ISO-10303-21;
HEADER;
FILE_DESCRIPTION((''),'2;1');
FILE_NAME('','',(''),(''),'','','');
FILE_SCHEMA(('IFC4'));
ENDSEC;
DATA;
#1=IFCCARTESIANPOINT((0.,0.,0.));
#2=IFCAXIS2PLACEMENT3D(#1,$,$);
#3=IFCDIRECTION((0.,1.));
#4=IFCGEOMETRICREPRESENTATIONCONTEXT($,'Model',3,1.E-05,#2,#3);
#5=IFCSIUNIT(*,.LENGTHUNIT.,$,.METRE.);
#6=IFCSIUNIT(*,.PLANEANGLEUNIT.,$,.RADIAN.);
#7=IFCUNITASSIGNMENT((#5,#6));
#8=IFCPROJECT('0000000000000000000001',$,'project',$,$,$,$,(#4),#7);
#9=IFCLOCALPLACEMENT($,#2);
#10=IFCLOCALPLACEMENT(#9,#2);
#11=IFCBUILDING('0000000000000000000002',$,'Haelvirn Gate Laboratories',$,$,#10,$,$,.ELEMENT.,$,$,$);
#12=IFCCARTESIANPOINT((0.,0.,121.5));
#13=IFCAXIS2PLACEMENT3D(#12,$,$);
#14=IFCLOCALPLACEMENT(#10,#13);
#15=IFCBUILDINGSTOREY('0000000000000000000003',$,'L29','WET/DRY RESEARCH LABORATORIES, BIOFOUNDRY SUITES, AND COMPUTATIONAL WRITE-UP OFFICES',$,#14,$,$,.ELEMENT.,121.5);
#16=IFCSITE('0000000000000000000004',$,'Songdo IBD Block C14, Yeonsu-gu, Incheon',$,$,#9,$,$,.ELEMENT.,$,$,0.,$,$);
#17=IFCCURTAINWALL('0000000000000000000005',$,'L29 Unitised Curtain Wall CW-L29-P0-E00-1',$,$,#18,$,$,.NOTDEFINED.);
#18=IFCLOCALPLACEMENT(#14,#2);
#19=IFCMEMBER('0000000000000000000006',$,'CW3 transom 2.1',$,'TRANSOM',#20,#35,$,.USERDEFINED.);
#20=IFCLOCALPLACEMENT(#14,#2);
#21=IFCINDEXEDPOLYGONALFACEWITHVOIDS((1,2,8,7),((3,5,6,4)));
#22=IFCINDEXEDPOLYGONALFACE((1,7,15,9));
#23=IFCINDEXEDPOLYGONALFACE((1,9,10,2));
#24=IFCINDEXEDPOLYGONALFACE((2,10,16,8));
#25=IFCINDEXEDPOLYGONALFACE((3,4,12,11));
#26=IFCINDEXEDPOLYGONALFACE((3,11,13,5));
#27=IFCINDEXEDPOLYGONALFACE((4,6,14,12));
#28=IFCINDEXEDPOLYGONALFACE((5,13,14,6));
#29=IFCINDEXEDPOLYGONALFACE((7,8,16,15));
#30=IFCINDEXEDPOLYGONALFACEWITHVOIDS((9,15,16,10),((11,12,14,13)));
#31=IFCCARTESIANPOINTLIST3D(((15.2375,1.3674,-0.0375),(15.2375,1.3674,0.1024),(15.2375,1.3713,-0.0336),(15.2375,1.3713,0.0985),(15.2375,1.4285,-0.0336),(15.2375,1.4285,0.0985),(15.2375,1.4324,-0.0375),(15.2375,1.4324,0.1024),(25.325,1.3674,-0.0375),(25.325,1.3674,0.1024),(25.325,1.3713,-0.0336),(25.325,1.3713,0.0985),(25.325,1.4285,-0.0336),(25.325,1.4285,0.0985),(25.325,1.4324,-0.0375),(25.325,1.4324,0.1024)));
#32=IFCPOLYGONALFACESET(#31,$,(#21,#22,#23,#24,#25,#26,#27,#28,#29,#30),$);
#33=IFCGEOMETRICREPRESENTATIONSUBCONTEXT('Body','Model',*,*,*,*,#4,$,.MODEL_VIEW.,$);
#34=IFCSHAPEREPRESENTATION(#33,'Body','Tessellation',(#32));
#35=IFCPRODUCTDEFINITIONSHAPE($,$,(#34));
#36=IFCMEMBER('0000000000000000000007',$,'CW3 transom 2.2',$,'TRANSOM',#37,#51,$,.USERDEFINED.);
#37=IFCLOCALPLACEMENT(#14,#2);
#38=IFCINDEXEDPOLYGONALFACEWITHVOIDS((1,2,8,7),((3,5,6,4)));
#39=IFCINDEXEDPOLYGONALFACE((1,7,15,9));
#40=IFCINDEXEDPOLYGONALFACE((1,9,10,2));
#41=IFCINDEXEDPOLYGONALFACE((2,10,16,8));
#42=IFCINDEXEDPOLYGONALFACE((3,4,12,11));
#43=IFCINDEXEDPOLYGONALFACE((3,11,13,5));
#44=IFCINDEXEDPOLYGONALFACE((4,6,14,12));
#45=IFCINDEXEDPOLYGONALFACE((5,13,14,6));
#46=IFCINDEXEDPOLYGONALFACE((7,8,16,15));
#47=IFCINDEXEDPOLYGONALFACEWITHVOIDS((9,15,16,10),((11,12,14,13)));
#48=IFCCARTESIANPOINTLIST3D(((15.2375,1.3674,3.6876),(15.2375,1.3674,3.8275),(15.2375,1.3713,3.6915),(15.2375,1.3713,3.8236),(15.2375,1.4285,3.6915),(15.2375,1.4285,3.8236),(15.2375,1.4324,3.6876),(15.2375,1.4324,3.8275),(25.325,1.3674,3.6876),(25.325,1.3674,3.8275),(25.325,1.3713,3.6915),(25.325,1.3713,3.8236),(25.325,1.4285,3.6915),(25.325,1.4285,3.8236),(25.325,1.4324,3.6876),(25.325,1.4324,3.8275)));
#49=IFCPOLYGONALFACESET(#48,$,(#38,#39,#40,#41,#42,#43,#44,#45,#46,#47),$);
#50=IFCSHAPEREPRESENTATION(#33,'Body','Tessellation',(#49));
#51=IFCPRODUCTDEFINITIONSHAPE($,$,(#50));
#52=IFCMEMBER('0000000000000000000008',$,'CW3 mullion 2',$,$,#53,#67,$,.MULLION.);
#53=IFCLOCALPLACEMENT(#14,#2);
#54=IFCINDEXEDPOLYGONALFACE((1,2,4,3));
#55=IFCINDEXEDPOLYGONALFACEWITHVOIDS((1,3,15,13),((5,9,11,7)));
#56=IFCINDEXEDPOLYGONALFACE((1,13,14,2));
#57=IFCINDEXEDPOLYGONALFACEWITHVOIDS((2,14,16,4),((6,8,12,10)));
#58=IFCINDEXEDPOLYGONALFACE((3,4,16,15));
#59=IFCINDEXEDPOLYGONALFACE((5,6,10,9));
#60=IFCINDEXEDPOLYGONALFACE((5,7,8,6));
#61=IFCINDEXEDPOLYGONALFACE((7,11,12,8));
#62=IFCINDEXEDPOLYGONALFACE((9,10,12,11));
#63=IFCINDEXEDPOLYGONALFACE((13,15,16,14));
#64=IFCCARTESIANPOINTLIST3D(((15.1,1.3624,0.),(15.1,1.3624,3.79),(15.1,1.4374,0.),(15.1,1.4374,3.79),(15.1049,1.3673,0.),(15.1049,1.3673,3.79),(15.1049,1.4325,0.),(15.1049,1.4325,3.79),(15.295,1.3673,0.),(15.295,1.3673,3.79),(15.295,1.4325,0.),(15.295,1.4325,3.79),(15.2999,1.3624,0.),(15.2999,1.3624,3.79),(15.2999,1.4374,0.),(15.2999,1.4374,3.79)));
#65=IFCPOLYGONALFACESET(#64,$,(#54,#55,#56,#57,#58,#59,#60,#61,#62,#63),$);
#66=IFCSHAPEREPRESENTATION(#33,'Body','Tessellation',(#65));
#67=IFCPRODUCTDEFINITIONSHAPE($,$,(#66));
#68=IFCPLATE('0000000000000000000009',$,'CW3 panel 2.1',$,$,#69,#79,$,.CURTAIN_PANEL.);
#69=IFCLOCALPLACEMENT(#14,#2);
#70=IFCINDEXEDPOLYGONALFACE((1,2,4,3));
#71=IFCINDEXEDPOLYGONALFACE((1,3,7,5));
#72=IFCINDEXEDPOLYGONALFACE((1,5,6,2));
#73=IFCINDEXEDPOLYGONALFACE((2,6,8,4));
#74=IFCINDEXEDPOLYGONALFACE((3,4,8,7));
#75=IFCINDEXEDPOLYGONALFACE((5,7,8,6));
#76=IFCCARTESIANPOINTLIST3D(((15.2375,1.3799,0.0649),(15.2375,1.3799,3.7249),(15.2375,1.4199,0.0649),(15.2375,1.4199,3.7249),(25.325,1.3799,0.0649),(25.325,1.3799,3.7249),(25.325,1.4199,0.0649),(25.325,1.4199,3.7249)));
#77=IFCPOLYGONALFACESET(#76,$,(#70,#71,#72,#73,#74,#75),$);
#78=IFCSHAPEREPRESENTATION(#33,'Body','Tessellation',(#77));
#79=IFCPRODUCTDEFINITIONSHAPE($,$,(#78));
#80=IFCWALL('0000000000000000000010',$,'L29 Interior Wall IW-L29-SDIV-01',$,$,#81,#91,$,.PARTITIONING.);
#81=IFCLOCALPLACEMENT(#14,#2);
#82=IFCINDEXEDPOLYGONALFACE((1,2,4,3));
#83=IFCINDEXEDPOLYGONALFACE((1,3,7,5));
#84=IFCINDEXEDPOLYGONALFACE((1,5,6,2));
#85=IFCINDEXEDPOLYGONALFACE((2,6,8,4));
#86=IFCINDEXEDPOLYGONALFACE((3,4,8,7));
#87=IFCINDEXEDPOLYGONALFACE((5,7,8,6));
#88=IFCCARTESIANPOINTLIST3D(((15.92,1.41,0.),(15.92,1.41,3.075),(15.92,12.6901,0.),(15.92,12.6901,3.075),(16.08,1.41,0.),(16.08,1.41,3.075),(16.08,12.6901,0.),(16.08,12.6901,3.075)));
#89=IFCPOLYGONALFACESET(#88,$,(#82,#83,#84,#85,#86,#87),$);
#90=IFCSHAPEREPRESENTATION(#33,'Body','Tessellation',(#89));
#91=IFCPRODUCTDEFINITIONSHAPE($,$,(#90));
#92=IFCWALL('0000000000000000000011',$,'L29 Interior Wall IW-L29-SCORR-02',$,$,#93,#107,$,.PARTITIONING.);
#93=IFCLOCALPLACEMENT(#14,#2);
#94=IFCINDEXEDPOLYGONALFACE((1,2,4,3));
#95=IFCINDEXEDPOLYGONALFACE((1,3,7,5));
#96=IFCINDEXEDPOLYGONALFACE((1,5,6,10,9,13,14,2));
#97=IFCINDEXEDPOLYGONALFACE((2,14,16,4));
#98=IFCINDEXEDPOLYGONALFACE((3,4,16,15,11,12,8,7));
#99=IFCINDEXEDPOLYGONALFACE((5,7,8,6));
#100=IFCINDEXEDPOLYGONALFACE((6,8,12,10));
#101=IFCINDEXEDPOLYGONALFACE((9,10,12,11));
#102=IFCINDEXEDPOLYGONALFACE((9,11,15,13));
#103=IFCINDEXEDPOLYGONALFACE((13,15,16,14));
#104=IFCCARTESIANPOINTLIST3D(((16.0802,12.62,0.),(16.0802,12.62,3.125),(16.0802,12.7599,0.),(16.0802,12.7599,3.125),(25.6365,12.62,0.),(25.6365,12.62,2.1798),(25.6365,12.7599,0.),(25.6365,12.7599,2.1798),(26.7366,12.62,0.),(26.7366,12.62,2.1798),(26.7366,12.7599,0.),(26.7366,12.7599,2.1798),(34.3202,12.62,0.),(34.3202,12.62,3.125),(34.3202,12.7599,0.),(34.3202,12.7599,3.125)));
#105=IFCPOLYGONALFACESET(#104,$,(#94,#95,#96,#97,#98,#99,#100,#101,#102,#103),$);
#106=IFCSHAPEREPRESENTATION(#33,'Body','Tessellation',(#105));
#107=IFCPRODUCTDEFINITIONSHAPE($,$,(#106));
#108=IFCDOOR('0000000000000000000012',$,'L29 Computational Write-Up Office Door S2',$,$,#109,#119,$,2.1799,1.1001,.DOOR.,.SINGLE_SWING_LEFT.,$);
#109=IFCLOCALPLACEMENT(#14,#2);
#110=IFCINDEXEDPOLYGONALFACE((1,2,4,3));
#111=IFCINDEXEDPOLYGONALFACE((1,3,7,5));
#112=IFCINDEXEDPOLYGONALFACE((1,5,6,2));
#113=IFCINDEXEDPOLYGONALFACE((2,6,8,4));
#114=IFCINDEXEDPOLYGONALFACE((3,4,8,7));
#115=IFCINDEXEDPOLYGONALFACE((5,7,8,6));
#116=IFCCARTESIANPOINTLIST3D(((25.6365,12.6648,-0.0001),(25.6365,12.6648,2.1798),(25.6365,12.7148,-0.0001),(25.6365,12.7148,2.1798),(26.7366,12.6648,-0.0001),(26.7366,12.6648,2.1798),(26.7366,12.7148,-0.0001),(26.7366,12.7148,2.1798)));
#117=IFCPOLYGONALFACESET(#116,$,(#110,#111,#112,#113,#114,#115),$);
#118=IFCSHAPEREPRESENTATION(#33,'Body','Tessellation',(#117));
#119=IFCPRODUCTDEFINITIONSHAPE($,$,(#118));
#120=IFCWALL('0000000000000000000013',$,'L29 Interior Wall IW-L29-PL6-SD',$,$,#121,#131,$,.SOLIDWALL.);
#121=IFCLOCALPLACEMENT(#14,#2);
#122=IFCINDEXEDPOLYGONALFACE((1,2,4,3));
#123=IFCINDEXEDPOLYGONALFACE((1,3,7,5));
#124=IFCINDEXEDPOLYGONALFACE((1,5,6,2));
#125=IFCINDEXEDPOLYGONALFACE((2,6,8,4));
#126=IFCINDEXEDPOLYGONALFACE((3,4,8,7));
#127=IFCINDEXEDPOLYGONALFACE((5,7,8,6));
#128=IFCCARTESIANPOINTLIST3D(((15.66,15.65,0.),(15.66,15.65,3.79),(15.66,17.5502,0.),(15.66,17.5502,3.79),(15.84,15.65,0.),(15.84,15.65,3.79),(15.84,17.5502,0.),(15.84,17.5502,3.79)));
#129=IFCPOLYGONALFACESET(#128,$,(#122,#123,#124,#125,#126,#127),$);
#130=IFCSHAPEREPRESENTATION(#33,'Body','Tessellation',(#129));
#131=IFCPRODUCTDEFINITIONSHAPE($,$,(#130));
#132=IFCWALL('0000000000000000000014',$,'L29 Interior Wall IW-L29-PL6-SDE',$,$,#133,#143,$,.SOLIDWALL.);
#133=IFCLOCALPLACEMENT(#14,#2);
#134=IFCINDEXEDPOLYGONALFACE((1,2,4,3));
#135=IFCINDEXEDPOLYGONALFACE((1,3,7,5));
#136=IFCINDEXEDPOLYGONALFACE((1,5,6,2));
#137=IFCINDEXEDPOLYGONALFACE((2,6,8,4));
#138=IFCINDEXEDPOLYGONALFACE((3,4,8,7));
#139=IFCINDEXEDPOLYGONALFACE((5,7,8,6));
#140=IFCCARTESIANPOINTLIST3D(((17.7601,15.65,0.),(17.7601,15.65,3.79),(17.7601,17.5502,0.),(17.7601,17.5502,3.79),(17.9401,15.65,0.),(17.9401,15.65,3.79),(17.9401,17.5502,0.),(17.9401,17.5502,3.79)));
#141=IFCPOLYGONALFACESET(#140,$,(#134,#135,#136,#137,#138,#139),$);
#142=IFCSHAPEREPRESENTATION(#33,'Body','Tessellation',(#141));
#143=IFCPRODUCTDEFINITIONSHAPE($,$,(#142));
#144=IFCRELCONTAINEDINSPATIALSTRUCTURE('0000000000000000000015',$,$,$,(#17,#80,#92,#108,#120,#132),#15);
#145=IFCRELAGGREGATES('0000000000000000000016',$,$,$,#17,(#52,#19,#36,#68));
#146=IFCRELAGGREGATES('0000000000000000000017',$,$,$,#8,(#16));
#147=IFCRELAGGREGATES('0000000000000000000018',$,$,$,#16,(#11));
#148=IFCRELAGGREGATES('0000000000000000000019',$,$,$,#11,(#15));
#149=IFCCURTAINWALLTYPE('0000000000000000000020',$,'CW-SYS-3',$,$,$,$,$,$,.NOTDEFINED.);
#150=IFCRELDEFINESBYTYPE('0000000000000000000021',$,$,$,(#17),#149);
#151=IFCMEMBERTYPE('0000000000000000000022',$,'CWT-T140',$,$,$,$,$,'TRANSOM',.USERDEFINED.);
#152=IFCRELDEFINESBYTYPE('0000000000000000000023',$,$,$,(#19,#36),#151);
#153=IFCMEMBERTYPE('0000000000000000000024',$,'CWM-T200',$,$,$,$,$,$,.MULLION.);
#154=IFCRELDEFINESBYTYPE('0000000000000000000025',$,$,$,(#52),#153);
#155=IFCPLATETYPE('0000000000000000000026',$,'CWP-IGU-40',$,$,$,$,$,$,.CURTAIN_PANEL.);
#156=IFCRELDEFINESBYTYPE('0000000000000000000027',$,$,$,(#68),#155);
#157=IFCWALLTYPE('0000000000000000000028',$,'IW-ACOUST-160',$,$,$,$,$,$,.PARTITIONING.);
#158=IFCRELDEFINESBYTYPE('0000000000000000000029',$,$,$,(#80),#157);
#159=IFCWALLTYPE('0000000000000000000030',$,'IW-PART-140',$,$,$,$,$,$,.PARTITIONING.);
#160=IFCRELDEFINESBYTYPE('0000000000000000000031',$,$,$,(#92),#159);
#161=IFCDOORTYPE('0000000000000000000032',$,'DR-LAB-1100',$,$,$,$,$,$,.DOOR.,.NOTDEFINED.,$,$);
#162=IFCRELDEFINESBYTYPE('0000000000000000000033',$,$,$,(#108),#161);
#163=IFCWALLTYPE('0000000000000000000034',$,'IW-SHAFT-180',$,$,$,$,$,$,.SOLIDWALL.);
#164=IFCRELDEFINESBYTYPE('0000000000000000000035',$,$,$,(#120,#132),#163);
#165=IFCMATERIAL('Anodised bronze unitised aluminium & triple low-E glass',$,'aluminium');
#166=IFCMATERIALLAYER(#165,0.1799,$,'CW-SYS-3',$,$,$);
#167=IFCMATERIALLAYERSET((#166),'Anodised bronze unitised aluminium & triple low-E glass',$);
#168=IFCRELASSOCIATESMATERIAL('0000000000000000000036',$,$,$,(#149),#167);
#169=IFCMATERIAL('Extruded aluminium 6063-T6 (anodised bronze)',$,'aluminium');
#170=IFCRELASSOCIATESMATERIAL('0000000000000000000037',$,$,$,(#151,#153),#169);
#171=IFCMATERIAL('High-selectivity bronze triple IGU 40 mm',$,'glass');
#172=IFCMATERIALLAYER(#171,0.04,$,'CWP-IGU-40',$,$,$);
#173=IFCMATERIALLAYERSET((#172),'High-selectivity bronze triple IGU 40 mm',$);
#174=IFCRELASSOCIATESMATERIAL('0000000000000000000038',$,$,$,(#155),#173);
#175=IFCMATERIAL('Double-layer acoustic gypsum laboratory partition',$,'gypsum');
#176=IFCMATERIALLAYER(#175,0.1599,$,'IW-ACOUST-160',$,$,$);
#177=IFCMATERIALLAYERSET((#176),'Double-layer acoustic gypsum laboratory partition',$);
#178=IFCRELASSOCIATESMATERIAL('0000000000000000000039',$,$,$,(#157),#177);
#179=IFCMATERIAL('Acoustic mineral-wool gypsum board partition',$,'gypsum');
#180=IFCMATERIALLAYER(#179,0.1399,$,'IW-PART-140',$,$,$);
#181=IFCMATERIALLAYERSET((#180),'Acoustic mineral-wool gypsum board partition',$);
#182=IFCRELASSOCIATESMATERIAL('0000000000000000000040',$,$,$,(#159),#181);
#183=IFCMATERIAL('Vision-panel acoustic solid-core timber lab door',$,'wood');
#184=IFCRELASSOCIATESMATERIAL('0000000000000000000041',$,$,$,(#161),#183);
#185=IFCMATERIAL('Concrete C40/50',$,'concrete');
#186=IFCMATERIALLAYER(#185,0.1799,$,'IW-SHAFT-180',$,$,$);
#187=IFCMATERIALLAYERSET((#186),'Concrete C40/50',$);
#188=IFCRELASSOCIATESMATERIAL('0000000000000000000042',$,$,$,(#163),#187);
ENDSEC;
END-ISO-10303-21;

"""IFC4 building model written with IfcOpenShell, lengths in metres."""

from ifc_helpers import new_model, si_unit, direction, frame, frame_2d, origin, origin_2d, place, context, subcontext, project, spatial, rectangle, hollow_rectangle, extrude, source, transform, mapped, material, layer, layer_set, material_profile, profile_set, type_object, type_shapes, element, fill, aggregate, save


model = new_model("IFC4")

# Units and contexts
model_context = context("Model", 3, precision=1e-05, world=origin(), true_north=direction((0.0, 1.0)))
body_context = subcontext(model_context, "Body", "Model", "MODEL_VIEW")
ifc_project = project(units=[si_unit("LENGTHUNIT", "METRE"), si_unit("PLANEANGLEUNIT", "RADIAN")], contexts=[model_context])

# Site, building, storey
site_placement = place(None, origin())
site = spatial("IfcSite", under=ifc_project, at=site_placement, Name="Songdo IBD Block C14, Yeonsu-gu, Incheon", CompositionType="ELEMENT", RefElevation=0.0)
building_placement = place(site_placement, origin())
building = spatial("IfcBuilding", under=site, at=building_placement, Name="Haelvirn Gate Laboratories", CompositionType="ELEMENT")
storey_placement = place(building_placement, frame((0.0, 0.0, 121.5)))
storey = spatial("IfcBuildingStorey", under=building, at=storey_placement, Name="L29", Description="WET/DRY RESEARCH LABORATORIES, BIOFOUNDRY SUITES, AND COMPUTATIONAL WRITE-UP OFFICES", CompositionType="ELEMENT", Elevation=121.5)

# Curtain wall, members, plate
ifc_material_1 = material(Name="Anodised bronze unitised aluminium & triple low-E glass", Category="aluminium")
ifc_layer_1 = layer(ifc_material_1, 0.1799, Name="CW-SYS-3")
ifc_layer_set_1 = layer_set([ifc_layer_1], Name="Anodised bronze unitised aluminium & triple low-E glass")
curtain_wall_type = type_object("IfcCurtainWallType", Name="CW-SYS-3", PredefinedType="NOTDEFINED", material=ifc_layer_set_1)
curtain_wall_placement = place(storey_placement, origin())
curtain_wall = element("IfcCurtainWall", 1, at=curtain_wall_placement, inside=storey, type_object=curtain_wall_type, Name="L29 Unitised Curtain Wall CW-L29-P0-E00-1", PredefinedType="NOTDEFINED")
ifc_material_2 = material(Name="Extruded aluminium 6063-T6 (anodised bronze)", Category="aluminium")
ifc_material_profile_1 = material_profile(ifc_material_2, hollow_rectangle(XDim=0.0649, YDim=0.1399, WallThickness=0.0039, at=origin_2d()), Name="CWT-140x65x4")
ifc_profile_set_1 = profile_set([ifc_material_profile_1], Name="Extruded aluminium 6063-T6 (anodised bronze)")
member_type_1 = type_object("IfcMemberType", Name="CWT-T140", ElementType="TRANSOM", PredefinedType="USERDEFINED", material=ifc_profile_set_1)
shared_shape_1 = source(origin(), body_context, "Body", "SweptSolid", [
    extrude(hollow_rectangle(XDim=0.0649, YDim=0.1399, WallThickness=0.0039, at=origin_2d()), origin(), (0.0, 0.0, 1.0), 10.0874),
])
type_shapes(member_type_1, [shared_shape_1])
member_1_placement = place(storey_placement, frame((15.2375, 1.3999, 0.0325), z_axis=(1.0, 0.0, 0.0), x_axis=(0.0, 1.0, 0.0)))
member_1 = element("IfcMember", 2, at=member_1_placement, type_object=member_type_1, Name="CW3 transom 2.1", ObjectType="TRANSOM", PredefinedType="USERDEFINED", context=body_context, shape_type="MappedRepresentation", body=[
    mapped(shared_shape_1, transform((0.0, 0.0, 0.0), scale=1.0)),
])
member_2_placement = place(storey_placement, frame((15.2375, 1.3999, 3.7576), z_axis=(1.0, 0.0, 0.0), x_axis=(0.0, 1.0, 0.0)))
member_2 = element("IfcMember", 3, at=member_2_placement, type_object=member_type_1, Name="CW3 transom 2.2", ObjectType="TRANSOM", PredefinedType="USERDEFINED", context=body_context, shape_type="MappedRepresentation", body=[
    mapped(shared_shape_1, transform((0.0, 0.0, 0.0), scale=1.0)),
])
ifc_material_profile_2 = material_profile(ifc_material_2, hollow_rectangle(XDim=0.075, YDim=0.2, WallThickness=0.0049, at=origin_2d()), Name="CWM-200x75x5")
ifc_profile_set_2 = profile_set([ifc_material_profile_2], Name="Extruded aluminium 6063-T6 (anodised bronze)")
member_type_2 = type_object("IfcMemberType", Name="CWM-T200", PredefinedType="MULLION", material=ifc_profile_set_2)
shared_shape_2 = source(origin(), body_context, "Body", "SweptSolid", [
    extrude(hollow_rectangle(XDim=0.075, YDim=0.2, WallThickness=0.0049, at=origin_2d()), origin(), (0.0, 0.0, 1.0), 3.79),
])
type_shapes(member_type_2, [shared_shape_2])
member_3_placement = place(storey_placement, frame((15.2, 1.3999, 0.0), z_axis=(0.0, 0.0, 1.0), x_axis=(0.0, 1.0, 0.0)))
member_3 = element("IfcMember", 4, at=member_3_placement, type_object=member_type_2, Name="CW3 mullion 2", PredefinedType="MULLION", context=body_context, shape_type="MappedRepresentation", body=[
    mapped(shared_shape_2, transform((0.0, 0.0, 0.0), scale=1.0)),
])
ifc_material_3 = material(Name="High-selectivity bronze triple IGU 40 mm", Category="glass")
ifc_layer_2 = layer(ifc_material_3, 0.04, Name="CWP-IGU-40")
ifc_layer_set_2 = layer_set([ifc_layer_2], Name="High-selectivity bronze triple IGU 40 mm")
plate_type = type_object("IfcPlateType", Name="CWP-IGU-40", PredefinedType="CURTAIN_PANEL", material=ifc_layer_set_2)
shared_shape_3 = source(origin(), body_context, "Body", "SweptSolid", [
    extrude(rectangle(XDim=10.0874, YDim=0.04, at=origin_2d()), origin(), (0.0, 0.0, 1.0), 3.6599),
])
type_shapes(plate_type, [shared_shape_3])
plate_placement = place(storey_placement, frame((20.2812, 1.3999, 0.0649), z_axis=(0.0, 0.0, 1.0), x_axis=(1.0, 0.0, 0.0)))
plate = element("IfcPlate", 5, at=plate_placement, type_object=plate_type, Name="CW3 panel 2.1", PredefinedType="CURTAIN_PANEL", context=body_context, shape_type="MappedRepresentation", body=[
    mapped(shared_shape_3, transform((0.0, 0.0, 0.0), scale=1.0)),
])
aggregate(curtain_wall, [member_3, member_1, member_2, plate])

# Wall
ifc_material_4 = material(Name="Double-layer acoustic gypsum laboratory partition", Category="gypsum")
ifc_layer_3 = layer(ifc_material_4, 0.1599, Name="IW-ACOUST-160")
ifc_layer_set_3 = layer_set([ifc_layer_3], Name="Double-layer acoustic gypsum laboratory partition")
wall_type_1 = type_object("IfcWallType", Name="IW-ACOUST-160", PredefinedType="PARTITIONING", material=ifc_layer_set_3)
wall_1_placement = place(storey_placement, frame((16.0, 1.4099, 0.0), z_axis=(0.0, 0.0, 1.0), x_axis=(0.0, 1.0, 0.0)))
element("IfcWall", 6, at=wall_1_placement, inside=storey, type_object=wall_type_1, Name="L29 Interior Wall IW-L29-SDIV-01", PredefinedType="PARTITIONING", context=body_context, shape_type="SweptSolid", body=[
    extrude(rectangle(XDim=11.28, YDim=0.1599, at=frame_2d((5.6401, 0.0))), origin(), (0.0, 0.0, 1.0), 3.075),
])

# Wall, opening, door
ifc_material_5 = material(Name="Acoustic mineral-wool gypsum board partition", Category="gypsum")
ifc_layer_4 = layer(ifc_material_5, 0.1399, Name="IW-PART-140")
ifc_layer_set_4 = layer_set([ifc_layer_4], Name="Acoustic mineral-wool gypsum board partition")
wall_type_2 = type_object("IfcWallType", Name="IW-PART-140", PredefinedType="PARTITIONING", material=ifc_layer_set_4)
wall_2_placement = place(storey_placement, frame((16.0801, 12.6899, 0.0), z_axis=(0.0, 0.0, 1.0), x_axis=(1.0, 0.0, 0.0)))
wall_2 = element("IfcWall", 7, at=wall_2_placement, inside=storey, type_object=wall_type_2, Name="L29 Interior Wall IW-L29-SCORR-02", PredefinedType="PARTITIONING", context=body_context, shape_type="SweptSolid", body=[
    extrude(rectangle(XDim=18.24, YDim=0.1399, at=frame_2d((9.1201, 0.0))), origin(), (0.0, 0.0, 1.0), 3.125),
])
opening_1_placement = place(wall_2_placement, frame((9.5564, 0.0, 0.0)))
opening_1 = element("IfcOpeningElement", 8, at=opening_1_placement, cuts=wall_2, PredefinedType="OPENING", context=body_context, shape_type="SweptSolid", body=[
    extrude(rectangle(XDim=1.1001, YDim=2.1799, at=frame_2d((0.55, 1.0898))), frame((0.0, 0.0801, 0.0), z_axis=(0.0, -1.0, 0.0), x_axis=(1.0, 0.0, 0.0)), (0.0, 0.0, 1.0), 0.1599),
])
ifc_material_6 = material(Name="Vision-panel acoustic solid-core timber lab door", Category="wood")
door_type_1 = type_object("IfcDoorType", Name="DR-LAB-1100", OperationType="NOTDEFINED", PredefinedType="DOOR", material=ifc_material_6)
shared_shape_4 = source(origin(), body_context, "Body", "SweptSolid", [
    extrude(rectangle(XDim=1.1001, YDim=2.1799, at=frame_2d((0.55, 1.0898))), frame((0.0, 0.0249, 0.0), z_axis=(0.0, -1.0, 0.0), x_axis=(1.0, 0.0, 0.0)), (0.0, 0.0, 1.0), 0.05),
])
type_shapes(door_type_1, [shared_shape_4])
door_1_placement = place(opening_1_placement, origin())
door_1 = element("IfcDoor", 9, at=door_1_placement, inside=storey, type_object=door_type_1, Name="L29 Computational Write-Up Office Door S2", OperationType="SINGLE_SWING_LEFT", OverallHeight=2.1799, OverallWidth=1.1001, PredefinedType="DOOR", context=body_context, shape_type="MappedRepresentation", body=[
    mapped(shared_shape_4, transform((0.0, 0.0, 0.0), scale=1.0)),
])
fill(opening_1, door_1)

# Walls
ifc_material_7 = material(Name="Concrete C40/50", Category="concrete")
ifc_layer_5 = layer(ifc_material_7, 0.1799, Name="IW-SHAFT-180")
ifc_layer_set_5 = layer_set([ifc_layer_5], Name="Concrete C40/50")
wall_type_3 = type_object("IfcWallType", Name="IW-SHAFT-180", PredefinedType="SOLIDWALL", material=ifc_layer_set_5)
for number, where, z_axis, x_axis, name in (
    (10, (15.75, 15.6499, 0.0), (0.0, 0.0, 1.0), (0.0, 1.0, 0.0), "L29 Interior Wall IW-L29-PL6-SD"),
    (11, (17.8501, 15.6499, 0.0), (0.0, 0.0, 1.0), (0.0, 1.0, 0.0), "L29 Interior Wall IW-L29-PL6-SDE"),
):
    element("IfcWall", number, at=place(storey_placement, frame(where, z_axis=z_axis, x_axis=x_axis)), inside=storey, type_object=wall_type_3, Name=name, PredefinedType="SOLIDWALL", context=body_context, shape_type="SweptSolid", body=[
        extrude(rectangle(XDim=1.9001, YDim=0.1799, at=frame_2d((0.9502, 0.0))), origin(), (0.0, 0.0, 1.0), 3.79),
    ])

save(model, "model.ifc")
